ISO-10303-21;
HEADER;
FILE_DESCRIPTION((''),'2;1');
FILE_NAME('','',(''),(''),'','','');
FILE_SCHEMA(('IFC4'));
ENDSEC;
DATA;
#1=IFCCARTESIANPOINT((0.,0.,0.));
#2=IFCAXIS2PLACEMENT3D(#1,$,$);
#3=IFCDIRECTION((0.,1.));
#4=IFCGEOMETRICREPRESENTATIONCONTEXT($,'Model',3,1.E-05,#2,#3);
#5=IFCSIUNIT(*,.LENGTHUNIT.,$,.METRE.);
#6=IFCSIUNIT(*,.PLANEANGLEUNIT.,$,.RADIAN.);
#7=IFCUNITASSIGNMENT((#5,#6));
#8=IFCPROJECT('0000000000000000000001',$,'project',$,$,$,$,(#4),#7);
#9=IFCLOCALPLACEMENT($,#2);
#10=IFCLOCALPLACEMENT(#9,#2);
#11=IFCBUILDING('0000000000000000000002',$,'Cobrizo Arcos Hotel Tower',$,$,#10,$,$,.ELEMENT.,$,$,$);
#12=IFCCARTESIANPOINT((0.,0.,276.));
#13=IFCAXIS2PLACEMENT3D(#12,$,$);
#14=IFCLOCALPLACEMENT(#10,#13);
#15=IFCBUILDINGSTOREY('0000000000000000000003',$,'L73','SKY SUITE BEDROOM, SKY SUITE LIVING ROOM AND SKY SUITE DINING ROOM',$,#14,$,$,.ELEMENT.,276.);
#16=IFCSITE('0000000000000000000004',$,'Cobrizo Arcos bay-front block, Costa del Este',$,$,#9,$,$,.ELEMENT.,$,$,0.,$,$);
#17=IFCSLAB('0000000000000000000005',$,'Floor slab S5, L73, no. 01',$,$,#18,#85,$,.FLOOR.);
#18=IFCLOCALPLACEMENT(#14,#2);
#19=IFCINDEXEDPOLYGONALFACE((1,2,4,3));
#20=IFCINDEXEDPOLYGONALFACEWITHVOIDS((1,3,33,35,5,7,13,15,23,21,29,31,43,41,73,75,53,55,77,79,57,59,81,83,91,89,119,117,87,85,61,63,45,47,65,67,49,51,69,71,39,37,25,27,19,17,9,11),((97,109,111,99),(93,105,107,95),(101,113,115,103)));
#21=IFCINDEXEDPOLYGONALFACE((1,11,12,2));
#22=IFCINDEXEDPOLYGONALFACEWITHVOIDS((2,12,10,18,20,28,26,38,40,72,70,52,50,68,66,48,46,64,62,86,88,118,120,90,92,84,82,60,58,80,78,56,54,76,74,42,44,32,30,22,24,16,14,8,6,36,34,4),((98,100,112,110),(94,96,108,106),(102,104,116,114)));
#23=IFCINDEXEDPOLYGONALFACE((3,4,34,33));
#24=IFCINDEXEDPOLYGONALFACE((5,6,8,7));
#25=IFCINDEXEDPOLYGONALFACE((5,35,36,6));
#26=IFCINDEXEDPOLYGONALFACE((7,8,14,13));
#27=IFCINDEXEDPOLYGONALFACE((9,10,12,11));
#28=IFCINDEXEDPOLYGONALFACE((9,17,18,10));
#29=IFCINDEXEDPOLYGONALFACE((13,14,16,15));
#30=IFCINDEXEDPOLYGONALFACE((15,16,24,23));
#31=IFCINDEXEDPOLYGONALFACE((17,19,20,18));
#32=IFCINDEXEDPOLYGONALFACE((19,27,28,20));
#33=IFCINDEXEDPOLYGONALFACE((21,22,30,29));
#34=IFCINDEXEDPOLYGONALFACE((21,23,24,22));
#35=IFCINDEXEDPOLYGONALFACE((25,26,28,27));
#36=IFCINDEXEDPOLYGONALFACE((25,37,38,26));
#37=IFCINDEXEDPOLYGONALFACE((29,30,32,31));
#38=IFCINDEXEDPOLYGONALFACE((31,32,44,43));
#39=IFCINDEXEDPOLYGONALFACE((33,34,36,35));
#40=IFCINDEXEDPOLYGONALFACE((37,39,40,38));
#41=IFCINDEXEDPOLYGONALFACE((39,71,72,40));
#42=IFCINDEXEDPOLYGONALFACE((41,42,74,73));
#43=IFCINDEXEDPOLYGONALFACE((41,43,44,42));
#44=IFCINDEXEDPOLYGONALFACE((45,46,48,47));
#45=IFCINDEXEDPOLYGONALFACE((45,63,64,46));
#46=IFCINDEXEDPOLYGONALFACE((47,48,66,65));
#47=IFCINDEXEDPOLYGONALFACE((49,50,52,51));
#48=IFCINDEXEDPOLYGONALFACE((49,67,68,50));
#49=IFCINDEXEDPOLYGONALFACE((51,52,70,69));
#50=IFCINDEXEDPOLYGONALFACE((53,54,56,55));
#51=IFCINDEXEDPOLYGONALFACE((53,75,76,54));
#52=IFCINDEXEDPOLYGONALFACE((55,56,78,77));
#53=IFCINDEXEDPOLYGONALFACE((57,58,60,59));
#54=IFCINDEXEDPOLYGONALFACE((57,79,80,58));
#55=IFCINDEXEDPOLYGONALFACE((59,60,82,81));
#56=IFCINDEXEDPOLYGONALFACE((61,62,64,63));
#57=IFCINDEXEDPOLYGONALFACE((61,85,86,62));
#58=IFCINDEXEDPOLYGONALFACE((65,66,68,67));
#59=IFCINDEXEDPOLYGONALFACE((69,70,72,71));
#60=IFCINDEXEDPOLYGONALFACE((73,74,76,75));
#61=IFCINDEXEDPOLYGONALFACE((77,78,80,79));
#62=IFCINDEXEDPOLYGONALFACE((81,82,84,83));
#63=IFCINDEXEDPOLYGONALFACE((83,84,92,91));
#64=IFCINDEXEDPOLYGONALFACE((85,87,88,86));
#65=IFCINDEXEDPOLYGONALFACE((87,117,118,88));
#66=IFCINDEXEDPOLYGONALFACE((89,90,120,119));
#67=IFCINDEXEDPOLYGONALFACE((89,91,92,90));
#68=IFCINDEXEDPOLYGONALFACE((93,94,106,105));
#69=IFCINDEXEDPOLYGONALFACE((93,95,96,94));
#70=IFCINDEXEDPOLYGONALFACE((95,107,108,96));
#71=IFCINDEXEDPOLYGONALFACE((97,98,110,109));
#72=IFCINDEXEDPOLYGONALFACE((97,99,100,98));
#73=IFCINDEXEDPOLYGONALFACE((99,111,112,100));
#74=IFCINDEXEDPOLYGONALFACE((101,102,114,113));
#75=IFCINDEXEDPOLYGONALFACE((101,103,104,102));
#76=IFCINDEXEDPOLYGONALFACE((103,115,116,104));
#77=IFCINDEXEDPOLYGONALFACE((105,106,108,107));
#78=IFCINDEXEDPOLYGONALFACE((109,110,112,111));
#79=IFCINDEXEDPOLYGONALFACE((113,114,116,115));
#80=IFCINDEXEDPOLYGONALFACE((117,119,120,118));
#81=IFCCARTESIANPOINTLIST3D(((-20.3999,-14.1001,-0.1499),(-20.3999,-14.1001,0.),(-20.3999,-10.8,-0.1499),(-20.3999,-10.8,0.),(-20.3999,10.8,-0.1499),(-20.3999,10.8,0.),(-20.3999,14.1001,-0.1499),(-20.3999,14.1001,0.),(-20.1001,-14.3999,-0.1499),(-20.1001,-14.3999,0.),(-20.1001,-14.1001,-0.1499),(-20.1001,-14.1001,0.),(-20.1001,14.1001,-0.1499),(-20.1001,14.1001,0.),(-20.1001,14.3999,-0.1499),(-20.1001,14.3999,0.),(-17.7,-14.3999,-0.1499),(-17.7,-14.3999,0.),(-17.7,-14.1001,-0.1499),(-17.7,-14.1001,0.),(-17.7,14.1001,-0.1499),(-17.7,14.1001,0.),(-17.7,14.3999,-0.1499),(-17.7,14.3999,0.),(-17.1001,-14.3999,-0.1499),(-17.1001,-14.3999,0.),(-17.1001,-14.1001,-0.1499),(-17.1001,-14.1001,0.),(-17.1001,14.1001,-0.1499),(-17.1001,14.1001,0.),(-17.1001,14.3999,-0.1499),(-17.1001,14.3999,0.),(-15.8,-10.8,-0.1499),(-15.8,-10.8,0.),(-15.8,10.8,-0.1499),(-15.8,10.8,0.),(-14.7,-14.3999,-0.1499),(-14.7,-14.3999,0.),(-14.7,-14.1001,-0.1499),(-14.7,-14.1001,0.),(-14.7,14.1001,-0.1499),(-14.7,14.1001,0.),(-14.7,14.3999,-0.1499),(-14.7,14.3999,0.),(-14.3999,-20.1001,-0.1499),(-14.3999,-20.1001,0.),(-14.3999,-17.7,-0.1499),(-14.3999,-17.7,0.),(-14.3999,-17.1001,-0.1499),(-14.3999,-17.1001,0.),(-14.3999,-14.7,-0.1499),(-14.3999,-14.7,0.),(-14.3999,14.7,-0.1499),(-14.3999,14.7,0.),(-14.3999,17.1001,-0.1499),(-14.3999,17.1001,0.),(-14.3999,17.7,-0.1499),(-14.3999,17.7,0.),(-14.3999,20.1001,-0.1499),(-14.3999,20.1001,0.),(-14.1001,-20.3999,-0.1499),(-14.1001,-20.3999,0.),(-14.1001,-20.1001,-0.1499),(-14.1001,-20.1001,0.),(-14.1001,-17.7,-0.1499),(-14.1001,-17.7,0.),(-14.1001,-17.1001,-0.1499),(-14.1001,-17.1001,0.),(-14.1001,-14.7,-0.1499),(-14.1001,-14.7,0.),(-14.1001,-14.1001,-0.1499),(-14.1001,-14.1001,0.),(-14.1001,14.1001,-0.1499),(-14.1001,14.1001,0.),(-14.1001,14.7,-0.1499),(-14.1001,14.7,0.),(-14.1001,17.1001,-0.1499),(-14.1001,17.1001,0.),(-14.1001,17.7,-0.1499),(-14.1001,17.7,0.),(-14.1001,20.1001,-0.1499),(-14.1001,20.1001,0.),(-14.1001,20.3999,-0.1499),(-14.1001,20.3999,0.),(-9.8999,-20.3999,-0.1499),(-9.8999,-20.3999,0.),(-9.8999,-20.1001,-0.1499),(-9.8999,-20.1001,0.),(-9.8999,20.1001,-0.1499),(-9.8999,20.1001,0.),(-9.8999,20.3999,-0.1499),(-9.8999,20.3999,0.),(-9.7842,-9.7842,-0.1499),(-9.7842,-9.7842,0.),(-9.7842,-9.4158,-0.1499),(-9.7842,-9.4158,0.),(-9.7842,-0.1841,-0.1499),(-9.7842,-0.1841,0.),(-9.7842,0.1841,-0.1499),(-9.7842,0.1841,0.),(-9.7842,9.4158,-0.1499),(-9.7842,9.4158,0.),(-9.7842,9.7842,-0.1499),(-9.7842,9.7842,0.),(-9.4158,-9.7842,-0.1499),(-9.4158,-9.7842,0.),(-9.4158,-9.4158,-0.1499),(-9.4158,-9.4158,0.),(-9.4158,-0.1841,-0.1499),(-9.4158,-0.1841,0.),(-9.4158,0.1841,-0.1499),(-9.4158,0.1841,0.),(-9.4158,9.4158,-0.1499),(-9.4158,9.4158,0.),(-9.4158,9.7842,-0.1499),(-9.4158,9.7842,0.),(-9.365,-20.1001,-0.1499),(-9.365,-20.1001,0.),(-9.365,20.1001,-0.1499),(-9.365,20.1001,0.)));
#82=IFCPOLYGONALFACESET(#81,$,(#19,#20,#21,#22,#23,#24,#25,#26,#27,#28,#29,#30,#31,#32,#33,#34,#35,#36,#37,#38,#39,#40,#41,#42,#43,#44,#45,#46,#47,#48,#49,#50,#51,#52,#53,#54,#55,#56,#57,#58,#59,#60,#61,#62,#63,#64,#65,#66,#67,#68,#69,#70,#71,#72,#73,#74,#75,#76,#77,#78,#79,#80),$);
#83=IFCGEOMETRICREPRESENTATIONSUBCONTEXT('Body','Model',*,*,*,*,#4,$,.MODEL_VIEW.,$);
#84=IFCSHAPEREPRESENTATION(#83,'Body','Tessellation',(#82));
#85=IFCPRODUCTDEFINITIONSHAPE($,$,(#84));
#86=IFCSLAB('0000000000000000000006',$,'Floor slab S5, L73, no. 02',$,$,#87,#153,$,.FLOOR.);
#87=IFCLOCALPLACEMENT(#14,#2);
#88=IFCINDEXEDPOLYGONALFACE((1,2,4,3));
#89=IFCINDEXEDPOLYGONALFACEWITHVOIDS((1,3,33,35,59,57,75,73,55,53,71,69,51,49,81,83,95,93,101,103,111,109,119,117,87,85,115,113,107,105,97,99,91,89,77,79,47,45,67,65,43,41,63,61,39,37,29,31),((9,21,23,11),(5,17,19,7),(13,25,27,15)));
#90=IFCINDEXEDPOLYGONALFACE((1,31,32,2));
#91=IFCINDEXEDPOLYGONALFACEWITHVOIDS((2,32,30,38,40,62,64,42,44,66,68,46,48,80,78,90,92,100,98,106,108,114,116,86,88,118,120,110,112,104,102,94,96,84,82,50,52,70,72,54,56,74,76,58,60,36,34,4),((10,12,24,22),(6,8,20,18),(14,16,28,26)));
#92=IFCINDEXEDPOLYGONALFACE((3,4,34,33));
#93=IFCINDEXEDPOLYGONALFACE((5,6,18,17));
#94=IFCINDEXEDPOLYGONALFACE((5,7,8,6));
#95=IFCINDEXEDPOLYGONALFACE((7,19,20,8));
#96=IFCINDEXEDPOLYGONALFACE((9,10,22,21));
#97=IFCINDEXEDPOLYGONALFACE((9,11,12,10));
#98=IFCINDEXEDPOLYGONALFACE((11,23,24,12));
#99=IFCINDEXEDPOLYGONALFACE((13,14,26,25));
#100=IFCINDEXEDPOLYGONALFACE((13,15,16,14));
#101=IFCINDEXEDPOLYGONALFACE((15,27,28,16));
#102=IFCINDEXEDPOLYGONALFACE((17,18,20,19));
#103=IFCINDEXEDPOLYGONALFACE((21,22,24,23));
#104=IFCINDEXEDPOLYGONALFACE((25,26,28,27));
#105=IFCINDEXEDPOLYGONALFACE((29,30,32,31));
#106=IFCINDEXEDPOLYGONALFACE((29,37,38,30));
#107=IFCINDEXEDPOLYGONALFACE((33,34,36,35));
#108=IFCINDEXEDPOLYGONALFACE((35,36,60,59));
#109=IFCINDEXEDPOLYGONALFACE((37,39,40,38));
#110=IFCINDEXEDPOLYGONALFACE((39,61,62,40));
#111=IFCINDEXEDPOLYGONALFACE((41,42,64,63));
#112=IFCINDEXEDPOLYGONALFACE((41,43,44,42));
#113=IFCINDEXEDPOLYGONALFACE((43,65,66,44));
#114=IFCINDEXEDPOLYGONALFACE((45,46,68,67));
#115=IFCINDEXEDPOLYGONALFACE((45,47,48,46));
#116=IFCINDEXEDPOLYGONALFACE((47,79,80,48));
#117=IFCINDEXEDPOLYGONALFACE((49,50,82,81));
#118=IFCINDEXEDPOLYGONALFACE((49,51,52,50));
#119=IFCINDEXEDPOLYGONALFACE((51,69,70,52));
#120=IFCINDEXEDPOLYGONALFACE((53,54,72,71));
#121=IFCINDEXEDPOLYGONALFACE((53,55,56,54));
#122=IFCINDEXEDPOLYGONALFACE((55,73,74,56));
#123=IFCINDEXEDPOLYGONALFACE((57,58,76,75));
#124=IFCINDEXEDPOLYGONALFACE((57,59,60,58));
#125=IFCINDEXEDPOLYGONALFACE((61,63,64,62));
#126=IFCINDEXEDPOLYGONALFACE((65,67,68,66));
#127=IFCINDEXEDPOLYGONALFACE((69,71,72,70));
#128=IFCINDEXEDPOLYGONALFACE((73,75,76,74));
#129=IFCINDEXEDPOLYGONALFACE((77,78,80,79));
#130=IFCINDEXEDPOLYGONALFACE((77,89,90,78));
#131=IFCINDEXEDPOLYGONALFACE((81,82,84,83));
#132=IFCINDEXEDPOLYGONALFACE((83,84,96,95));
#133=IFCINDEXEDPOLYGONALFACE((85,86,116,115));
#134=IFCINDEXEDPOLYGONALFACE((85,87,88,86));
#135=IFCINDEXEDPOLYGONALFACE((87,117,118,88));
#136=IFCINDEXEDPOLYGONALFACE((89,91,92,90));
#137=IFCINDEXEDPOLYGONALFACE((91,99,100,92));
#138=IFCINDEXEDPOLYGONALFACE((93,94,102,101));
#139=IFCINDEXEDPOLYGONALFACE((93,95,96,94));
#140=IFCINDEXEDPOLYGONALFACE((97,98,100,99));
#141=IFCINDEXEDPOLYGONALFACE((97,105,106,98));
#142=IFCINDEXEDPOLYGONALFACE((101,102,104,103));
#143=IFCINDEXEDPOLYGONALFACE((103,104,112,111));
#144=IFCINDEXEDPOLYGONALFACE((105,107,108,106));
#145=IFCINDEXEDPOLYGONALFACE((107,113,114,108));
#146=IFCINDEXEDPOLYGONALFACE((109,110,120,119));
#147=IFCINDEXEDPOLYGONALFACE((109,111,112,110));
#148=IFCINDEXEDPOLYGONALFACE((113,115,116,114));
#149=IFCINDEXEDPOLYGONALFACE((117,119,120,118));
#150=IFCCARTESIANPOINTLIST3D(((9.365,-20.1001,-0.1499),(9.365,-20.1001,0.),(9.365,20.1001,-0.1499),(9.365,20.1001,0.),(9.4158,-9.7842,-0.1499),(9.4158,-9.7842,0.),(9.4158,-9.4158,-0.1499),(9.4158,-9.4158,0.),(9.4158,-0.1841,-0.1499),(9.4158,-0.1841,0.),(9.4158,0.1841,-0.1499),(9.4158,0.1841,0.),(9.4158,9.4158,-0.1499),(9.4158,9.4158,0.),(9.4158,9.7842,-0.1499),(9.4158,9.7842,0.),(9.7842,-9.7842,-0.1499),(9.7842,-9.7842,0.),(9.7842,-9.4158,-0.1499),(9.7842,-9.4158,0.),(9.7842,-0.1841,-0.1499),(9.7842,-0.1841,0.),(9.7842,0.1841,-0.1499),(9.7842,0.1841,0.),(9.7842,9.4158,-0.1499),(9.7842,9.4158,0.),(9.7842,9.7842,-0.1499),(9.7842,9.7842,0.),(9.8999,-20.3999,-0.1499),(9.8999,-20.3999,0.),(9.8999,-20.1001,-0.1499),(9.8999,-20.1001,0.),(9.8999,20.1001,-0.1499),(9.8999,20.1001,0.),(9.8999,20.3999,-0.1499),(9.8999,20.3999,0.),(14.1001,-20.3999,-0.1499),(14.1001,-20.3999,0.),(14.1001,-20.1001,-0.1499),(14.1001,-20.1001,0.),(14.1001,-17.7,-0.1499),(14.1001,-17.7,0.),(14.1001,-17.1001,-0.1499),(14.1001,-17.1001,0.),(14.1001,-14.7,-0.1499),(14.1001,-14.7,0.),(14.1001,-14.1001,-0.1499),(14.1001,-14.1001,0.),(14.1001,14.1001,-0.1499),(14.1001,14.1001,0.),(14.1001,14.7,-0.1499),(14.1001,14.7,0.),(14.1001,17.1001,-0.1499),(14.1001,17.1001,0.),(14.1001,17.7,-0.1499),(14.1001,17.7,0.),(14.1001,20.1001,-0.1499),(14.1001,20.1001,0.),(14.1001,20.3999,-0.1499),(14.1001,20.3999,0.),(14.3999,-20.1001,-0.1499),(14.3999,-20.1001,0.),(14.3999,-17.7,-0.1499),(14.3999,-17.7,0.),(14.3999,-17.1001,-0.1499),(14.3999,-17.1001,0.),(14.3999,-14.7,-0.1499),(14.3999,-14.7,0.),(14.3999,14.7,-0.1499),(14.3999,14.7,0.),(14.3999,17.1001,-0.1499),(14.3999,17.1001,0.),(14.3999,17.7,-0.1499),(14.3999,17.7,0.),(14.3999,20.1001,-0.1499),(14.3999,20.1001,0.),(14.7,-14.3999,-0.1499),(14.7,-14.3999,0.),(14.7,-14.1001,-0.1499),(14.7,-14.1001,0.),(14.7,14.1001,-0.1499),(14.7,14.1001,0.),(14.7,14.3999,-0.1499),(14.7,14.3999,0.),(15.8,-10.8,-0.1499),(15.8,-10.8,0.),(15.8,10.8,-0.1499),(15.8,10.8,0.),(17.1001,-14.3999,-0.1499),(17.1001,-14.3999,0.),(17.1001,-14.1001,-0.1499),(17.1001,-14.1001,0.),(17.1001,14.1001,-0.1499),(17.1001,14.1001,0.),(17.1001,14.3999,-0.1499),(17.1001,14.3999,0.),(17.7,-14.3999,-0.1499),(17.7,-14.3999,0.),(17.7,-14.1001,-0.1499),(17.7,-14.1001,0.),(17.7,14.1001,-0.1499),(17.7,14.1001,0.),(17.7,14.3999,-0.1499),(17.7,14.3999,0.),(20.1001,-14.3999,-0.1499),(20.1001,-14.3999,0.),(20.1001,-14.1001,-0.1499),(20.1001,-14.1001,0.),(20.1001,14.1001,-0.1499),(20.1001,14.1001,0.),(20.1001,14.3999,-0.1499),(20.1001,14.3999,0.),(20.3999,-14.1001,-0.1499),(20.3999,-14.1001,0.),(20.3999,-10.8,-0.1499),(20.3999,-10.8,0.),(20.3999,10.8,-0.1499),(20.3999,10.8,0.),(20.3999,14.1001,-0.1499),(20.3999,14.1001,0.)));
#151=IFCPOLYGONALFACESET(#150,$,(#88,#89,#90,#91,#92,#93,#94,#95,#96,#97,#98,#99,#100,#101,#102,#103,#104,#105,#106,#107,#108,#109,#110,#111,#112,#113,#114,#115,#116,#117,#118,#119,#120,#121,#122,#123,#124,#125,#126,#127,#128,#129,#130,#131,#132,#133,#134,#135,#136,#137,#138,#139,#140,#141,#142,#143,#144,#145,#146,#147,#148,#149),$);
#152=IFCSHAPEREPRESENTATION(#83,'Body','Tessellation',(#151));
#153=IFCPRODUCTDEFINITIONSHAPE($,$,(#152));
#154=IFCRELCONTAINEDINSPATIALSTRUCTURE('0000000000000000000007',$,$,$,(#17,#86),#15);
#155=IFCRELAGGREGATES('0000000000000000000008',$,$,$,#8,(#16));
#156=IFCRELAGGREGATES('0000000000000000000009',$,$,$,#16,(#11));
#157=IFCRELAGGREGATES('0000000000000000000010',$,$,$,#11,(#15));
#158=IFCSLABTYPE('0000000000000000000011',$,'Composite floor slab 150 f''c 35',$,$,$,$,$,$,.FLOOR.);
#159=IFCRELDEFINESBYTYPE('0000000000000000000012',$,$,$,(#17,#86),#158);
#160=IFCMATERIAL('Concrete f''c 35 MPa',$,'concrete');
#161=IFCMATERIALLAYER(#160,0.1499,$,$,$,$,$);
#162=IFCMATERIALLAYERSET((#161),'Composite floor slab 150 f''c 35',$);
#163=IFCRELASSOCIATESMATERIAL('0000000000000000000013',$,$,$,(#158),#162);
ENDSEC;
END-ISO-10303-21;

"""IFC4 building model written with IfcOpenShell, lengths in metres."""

from ifc_helpers import new_model, si_unit, direction, frame, origin, place, context, subcontext, project, spatial, polyline, outline, extrude, material, layer, layer_set, type_object, element, save


model = new_model("IFC4")

# Units and contexts
model_context = context("Model", 3, precision=1e-05, world=origin(), true_north=direction((0.0, 1.0)))
body_context = subcontext(model_context, "Body", "Model", "MODEL_VIEW")
ifc_project = project(units=[si_unit("LENGTHUNIT", "METRE"), si_unit("PLANEANGLEUNIT", "RADIAN")], contexts=[model_context])

# Site, building, storey
site_placement = place(None, origin())
site = spatial("IfcSite", under=ifc_project, at=site_placement, Name="Cobrizo Arcos bay-front block, Costa del Este", CompositionType="ELEMENT", RefElevation=0.0)
building_placement = place(site_placement, origin())
building = spatial("IfcBuilding", under=site, at=building_placement, Name="Cobrizo Arcos Hotel Tower", CompositionType="ELEMENT")
storey_placement = place(building_placement, frame((0.0, 0.0, 276.0)))
storey = spatial("IfcBuildingStorey", under=building, at=storey_placement, Name="L73", Description="SKY SUITE BEDROOM, SKY SUITE LIVING ROOM AND SKY SUITE DINING ROOM", CompositionType="ELEMENT", Elevation=276.0)

# Slabs
ifc_material_1 = material(Name="Concrete f'c 35 MPa", Category="concrete")
ifc_layer_1 = layer(ifc_material_1, 0.1499)
ifc_layer_set_1 = layer_set([ifc_layer_1], Name="Composite floor slab 150 f'c 35")
slab_type_1 = type_object("IfcSlabType", Name="Composite floor slab 150 f'c 35", PredefinedType="FLOOR", material=ifc_layer_set_1)
slab_1_placement = place(storey_placement, frame((0.0, 0.0, -0.1499)))
element("IfcSlab", 1, at=slab_1_placement, inside=storey, type_object=slab_type_1, Name="Floor slab S5, L73, no. 01", PredefinedType="FLOOR", context=body_context, shape_type="SweptSolid", body=[
    extrude(outline(polyline([(-14.3999, -17.7), (-14.1001, -17.7), (-14.1001, -17.1001), (-14.3999, -17.1001), (-14.3999, -14.7), (-14.1001, -14.7), (-14.1001, -14.1001), (-14.7, -14.1001), (-14.7, -14.3999), (-17.1001, -14.3999), (-17.1001, -14.1001), (-17.7, -14.1001), (-17.7, -14.3999), (-20.1001, -14.3999), (-20.1001, -14.1001), (-20.3999, -14.1001), (-20.3999, -10.8), (-15.8, -10.8), (-15.8, 10.8), (-20.3999, 10.8), (-20.3999, 14.1001), (-20.1001, 14.1001), (-20.1001, 14.3999), (-17.7, 14.3999), (-17.7, 14.1001), (-17.1001, 14.1001), (-17.1001, 14.3999), (-14.7, 14.3999), (-14.7, 14.1001), (-14.1001, 14.1001), (-14.1001, 14.7), (-14.3999, 14.7), (-14.3999, 17.1001), (-14.1001, 17.1001), (-14.1001, 17.7), (-14.3999, 17.7), (-14.3999, 20.1001), (-14.1001, 20.1001), (-14.1001, 20.3999), (-9.8999, 20.3999), (-9.8999, 20.1001), (-9.365, 20.1001), (-9.365, -20.1001), (-9.8999, -20.1001), (-9.8999, -20.3999), (-14.1001, -20.3999), (-14.1001, -20.1001), (-14.3999, -20.1001), (-14.3999, -17.7)]), holes=[polyline([(-9.4158, -9.7842), (-9.4158, -9.4158), (-9.7842, -9.4158), (-9.7842, -9.7842), (-9.4158, -9.7842)]), polyline([(-9.4158, -0.1841), (-9.4158, 0.1841), (-9.7842, 0.1841), (-9.7842, -0.1841), (-9.4158, -0.1841)]), polyline([(-9.4158, 9.4158), (-9.4158, 9.7842), (-9.7842, 9.7842), (-9.7842, 9.4158), (-9.4158, 9.4158)])]), origin(), (0.0, 0.0, 1.0), 0.1499),
])
slab_2_placement = place(storey_placement, frame((0.0, 0.0, -0.1499)))
element("IfcSlab", 2, at=slab_2_placement, inside=storey, type_object=slab_type_1, Name="Floor slab S5, L73, no. 02", PredefinedType="FLOOR", context=body_context, shape_type="SweptSolid", body=[
    extrude(outline(polyline([(14.3999, 17.7), (14.1001, 17.7), (14.1001, 17.1001), (14.3999, 17.1001), (14.3999, 14.7), (14.1001, 14.7), (14.1001, 14.1001), (14.7, 14.1001), (14.7, 14.3999), (17.1001, 14.3999), (17.1001, 14.1001), (17.7, 14.1001), (17.7, 14.3999), (20.1001, 14.3999), (20.1001, 14.1001), (20.3999, 14.1001), (20.3999, 10.8), (15.8, 10.8), (15.8, -10.8), (20.3999, -10.8), (20.3999, -14.1001), (20.1001, -14.1001), (20.1001, -14.3999), (17.7, -14.3999), (17.7, -14.1001), (17.1001, -14.1001), (17.1001, -14.3999), (14.7, -14.3999), (14.7, -14.1001), (14.1001, -14.1001), (14.1001, -14.7), (14.3999, -14.7), (14.3999, -17.1001), (14.1001, -17.1001), (14.1001, -17.7), (14.3999, -17.7), (14.3999, -20.1001), (14.1001, -20.1001), (14.1001, -20.3999), (9.8999, -20.3999), (9.8999, -20.1001), (9.365, -20.1001), (9.365, 20.1001), (9.8999, 20.1001), (9.8999, 20.3999), (14.1001, 20.3999), (14.1001, 20.1001), (14.3999, 20.1001), (14.3999, 17.7)]), holes=[polyline([(9.7842, -9.7842), (9.7842, -9.4158), (9.4158, -9.4158), (9.4158, -9.7842), (9.7842, -9.7842)]), polyline([(9.7842, -0.1841), (9.7842, 0.1841), (9.4158, 0.1841), (9.4158, -0.1841), (9.7842, -0.1841)]), polyline([(9.7842, 9.4158), (9.7842, 9.7842), (9.4158, 9.7842), (9.4158, 9.4158), (9.7842, 9.4158)])]), origin(), (0.0, 0.0, 1.0), 0.1499),
])

save(model, "model.ifc")
